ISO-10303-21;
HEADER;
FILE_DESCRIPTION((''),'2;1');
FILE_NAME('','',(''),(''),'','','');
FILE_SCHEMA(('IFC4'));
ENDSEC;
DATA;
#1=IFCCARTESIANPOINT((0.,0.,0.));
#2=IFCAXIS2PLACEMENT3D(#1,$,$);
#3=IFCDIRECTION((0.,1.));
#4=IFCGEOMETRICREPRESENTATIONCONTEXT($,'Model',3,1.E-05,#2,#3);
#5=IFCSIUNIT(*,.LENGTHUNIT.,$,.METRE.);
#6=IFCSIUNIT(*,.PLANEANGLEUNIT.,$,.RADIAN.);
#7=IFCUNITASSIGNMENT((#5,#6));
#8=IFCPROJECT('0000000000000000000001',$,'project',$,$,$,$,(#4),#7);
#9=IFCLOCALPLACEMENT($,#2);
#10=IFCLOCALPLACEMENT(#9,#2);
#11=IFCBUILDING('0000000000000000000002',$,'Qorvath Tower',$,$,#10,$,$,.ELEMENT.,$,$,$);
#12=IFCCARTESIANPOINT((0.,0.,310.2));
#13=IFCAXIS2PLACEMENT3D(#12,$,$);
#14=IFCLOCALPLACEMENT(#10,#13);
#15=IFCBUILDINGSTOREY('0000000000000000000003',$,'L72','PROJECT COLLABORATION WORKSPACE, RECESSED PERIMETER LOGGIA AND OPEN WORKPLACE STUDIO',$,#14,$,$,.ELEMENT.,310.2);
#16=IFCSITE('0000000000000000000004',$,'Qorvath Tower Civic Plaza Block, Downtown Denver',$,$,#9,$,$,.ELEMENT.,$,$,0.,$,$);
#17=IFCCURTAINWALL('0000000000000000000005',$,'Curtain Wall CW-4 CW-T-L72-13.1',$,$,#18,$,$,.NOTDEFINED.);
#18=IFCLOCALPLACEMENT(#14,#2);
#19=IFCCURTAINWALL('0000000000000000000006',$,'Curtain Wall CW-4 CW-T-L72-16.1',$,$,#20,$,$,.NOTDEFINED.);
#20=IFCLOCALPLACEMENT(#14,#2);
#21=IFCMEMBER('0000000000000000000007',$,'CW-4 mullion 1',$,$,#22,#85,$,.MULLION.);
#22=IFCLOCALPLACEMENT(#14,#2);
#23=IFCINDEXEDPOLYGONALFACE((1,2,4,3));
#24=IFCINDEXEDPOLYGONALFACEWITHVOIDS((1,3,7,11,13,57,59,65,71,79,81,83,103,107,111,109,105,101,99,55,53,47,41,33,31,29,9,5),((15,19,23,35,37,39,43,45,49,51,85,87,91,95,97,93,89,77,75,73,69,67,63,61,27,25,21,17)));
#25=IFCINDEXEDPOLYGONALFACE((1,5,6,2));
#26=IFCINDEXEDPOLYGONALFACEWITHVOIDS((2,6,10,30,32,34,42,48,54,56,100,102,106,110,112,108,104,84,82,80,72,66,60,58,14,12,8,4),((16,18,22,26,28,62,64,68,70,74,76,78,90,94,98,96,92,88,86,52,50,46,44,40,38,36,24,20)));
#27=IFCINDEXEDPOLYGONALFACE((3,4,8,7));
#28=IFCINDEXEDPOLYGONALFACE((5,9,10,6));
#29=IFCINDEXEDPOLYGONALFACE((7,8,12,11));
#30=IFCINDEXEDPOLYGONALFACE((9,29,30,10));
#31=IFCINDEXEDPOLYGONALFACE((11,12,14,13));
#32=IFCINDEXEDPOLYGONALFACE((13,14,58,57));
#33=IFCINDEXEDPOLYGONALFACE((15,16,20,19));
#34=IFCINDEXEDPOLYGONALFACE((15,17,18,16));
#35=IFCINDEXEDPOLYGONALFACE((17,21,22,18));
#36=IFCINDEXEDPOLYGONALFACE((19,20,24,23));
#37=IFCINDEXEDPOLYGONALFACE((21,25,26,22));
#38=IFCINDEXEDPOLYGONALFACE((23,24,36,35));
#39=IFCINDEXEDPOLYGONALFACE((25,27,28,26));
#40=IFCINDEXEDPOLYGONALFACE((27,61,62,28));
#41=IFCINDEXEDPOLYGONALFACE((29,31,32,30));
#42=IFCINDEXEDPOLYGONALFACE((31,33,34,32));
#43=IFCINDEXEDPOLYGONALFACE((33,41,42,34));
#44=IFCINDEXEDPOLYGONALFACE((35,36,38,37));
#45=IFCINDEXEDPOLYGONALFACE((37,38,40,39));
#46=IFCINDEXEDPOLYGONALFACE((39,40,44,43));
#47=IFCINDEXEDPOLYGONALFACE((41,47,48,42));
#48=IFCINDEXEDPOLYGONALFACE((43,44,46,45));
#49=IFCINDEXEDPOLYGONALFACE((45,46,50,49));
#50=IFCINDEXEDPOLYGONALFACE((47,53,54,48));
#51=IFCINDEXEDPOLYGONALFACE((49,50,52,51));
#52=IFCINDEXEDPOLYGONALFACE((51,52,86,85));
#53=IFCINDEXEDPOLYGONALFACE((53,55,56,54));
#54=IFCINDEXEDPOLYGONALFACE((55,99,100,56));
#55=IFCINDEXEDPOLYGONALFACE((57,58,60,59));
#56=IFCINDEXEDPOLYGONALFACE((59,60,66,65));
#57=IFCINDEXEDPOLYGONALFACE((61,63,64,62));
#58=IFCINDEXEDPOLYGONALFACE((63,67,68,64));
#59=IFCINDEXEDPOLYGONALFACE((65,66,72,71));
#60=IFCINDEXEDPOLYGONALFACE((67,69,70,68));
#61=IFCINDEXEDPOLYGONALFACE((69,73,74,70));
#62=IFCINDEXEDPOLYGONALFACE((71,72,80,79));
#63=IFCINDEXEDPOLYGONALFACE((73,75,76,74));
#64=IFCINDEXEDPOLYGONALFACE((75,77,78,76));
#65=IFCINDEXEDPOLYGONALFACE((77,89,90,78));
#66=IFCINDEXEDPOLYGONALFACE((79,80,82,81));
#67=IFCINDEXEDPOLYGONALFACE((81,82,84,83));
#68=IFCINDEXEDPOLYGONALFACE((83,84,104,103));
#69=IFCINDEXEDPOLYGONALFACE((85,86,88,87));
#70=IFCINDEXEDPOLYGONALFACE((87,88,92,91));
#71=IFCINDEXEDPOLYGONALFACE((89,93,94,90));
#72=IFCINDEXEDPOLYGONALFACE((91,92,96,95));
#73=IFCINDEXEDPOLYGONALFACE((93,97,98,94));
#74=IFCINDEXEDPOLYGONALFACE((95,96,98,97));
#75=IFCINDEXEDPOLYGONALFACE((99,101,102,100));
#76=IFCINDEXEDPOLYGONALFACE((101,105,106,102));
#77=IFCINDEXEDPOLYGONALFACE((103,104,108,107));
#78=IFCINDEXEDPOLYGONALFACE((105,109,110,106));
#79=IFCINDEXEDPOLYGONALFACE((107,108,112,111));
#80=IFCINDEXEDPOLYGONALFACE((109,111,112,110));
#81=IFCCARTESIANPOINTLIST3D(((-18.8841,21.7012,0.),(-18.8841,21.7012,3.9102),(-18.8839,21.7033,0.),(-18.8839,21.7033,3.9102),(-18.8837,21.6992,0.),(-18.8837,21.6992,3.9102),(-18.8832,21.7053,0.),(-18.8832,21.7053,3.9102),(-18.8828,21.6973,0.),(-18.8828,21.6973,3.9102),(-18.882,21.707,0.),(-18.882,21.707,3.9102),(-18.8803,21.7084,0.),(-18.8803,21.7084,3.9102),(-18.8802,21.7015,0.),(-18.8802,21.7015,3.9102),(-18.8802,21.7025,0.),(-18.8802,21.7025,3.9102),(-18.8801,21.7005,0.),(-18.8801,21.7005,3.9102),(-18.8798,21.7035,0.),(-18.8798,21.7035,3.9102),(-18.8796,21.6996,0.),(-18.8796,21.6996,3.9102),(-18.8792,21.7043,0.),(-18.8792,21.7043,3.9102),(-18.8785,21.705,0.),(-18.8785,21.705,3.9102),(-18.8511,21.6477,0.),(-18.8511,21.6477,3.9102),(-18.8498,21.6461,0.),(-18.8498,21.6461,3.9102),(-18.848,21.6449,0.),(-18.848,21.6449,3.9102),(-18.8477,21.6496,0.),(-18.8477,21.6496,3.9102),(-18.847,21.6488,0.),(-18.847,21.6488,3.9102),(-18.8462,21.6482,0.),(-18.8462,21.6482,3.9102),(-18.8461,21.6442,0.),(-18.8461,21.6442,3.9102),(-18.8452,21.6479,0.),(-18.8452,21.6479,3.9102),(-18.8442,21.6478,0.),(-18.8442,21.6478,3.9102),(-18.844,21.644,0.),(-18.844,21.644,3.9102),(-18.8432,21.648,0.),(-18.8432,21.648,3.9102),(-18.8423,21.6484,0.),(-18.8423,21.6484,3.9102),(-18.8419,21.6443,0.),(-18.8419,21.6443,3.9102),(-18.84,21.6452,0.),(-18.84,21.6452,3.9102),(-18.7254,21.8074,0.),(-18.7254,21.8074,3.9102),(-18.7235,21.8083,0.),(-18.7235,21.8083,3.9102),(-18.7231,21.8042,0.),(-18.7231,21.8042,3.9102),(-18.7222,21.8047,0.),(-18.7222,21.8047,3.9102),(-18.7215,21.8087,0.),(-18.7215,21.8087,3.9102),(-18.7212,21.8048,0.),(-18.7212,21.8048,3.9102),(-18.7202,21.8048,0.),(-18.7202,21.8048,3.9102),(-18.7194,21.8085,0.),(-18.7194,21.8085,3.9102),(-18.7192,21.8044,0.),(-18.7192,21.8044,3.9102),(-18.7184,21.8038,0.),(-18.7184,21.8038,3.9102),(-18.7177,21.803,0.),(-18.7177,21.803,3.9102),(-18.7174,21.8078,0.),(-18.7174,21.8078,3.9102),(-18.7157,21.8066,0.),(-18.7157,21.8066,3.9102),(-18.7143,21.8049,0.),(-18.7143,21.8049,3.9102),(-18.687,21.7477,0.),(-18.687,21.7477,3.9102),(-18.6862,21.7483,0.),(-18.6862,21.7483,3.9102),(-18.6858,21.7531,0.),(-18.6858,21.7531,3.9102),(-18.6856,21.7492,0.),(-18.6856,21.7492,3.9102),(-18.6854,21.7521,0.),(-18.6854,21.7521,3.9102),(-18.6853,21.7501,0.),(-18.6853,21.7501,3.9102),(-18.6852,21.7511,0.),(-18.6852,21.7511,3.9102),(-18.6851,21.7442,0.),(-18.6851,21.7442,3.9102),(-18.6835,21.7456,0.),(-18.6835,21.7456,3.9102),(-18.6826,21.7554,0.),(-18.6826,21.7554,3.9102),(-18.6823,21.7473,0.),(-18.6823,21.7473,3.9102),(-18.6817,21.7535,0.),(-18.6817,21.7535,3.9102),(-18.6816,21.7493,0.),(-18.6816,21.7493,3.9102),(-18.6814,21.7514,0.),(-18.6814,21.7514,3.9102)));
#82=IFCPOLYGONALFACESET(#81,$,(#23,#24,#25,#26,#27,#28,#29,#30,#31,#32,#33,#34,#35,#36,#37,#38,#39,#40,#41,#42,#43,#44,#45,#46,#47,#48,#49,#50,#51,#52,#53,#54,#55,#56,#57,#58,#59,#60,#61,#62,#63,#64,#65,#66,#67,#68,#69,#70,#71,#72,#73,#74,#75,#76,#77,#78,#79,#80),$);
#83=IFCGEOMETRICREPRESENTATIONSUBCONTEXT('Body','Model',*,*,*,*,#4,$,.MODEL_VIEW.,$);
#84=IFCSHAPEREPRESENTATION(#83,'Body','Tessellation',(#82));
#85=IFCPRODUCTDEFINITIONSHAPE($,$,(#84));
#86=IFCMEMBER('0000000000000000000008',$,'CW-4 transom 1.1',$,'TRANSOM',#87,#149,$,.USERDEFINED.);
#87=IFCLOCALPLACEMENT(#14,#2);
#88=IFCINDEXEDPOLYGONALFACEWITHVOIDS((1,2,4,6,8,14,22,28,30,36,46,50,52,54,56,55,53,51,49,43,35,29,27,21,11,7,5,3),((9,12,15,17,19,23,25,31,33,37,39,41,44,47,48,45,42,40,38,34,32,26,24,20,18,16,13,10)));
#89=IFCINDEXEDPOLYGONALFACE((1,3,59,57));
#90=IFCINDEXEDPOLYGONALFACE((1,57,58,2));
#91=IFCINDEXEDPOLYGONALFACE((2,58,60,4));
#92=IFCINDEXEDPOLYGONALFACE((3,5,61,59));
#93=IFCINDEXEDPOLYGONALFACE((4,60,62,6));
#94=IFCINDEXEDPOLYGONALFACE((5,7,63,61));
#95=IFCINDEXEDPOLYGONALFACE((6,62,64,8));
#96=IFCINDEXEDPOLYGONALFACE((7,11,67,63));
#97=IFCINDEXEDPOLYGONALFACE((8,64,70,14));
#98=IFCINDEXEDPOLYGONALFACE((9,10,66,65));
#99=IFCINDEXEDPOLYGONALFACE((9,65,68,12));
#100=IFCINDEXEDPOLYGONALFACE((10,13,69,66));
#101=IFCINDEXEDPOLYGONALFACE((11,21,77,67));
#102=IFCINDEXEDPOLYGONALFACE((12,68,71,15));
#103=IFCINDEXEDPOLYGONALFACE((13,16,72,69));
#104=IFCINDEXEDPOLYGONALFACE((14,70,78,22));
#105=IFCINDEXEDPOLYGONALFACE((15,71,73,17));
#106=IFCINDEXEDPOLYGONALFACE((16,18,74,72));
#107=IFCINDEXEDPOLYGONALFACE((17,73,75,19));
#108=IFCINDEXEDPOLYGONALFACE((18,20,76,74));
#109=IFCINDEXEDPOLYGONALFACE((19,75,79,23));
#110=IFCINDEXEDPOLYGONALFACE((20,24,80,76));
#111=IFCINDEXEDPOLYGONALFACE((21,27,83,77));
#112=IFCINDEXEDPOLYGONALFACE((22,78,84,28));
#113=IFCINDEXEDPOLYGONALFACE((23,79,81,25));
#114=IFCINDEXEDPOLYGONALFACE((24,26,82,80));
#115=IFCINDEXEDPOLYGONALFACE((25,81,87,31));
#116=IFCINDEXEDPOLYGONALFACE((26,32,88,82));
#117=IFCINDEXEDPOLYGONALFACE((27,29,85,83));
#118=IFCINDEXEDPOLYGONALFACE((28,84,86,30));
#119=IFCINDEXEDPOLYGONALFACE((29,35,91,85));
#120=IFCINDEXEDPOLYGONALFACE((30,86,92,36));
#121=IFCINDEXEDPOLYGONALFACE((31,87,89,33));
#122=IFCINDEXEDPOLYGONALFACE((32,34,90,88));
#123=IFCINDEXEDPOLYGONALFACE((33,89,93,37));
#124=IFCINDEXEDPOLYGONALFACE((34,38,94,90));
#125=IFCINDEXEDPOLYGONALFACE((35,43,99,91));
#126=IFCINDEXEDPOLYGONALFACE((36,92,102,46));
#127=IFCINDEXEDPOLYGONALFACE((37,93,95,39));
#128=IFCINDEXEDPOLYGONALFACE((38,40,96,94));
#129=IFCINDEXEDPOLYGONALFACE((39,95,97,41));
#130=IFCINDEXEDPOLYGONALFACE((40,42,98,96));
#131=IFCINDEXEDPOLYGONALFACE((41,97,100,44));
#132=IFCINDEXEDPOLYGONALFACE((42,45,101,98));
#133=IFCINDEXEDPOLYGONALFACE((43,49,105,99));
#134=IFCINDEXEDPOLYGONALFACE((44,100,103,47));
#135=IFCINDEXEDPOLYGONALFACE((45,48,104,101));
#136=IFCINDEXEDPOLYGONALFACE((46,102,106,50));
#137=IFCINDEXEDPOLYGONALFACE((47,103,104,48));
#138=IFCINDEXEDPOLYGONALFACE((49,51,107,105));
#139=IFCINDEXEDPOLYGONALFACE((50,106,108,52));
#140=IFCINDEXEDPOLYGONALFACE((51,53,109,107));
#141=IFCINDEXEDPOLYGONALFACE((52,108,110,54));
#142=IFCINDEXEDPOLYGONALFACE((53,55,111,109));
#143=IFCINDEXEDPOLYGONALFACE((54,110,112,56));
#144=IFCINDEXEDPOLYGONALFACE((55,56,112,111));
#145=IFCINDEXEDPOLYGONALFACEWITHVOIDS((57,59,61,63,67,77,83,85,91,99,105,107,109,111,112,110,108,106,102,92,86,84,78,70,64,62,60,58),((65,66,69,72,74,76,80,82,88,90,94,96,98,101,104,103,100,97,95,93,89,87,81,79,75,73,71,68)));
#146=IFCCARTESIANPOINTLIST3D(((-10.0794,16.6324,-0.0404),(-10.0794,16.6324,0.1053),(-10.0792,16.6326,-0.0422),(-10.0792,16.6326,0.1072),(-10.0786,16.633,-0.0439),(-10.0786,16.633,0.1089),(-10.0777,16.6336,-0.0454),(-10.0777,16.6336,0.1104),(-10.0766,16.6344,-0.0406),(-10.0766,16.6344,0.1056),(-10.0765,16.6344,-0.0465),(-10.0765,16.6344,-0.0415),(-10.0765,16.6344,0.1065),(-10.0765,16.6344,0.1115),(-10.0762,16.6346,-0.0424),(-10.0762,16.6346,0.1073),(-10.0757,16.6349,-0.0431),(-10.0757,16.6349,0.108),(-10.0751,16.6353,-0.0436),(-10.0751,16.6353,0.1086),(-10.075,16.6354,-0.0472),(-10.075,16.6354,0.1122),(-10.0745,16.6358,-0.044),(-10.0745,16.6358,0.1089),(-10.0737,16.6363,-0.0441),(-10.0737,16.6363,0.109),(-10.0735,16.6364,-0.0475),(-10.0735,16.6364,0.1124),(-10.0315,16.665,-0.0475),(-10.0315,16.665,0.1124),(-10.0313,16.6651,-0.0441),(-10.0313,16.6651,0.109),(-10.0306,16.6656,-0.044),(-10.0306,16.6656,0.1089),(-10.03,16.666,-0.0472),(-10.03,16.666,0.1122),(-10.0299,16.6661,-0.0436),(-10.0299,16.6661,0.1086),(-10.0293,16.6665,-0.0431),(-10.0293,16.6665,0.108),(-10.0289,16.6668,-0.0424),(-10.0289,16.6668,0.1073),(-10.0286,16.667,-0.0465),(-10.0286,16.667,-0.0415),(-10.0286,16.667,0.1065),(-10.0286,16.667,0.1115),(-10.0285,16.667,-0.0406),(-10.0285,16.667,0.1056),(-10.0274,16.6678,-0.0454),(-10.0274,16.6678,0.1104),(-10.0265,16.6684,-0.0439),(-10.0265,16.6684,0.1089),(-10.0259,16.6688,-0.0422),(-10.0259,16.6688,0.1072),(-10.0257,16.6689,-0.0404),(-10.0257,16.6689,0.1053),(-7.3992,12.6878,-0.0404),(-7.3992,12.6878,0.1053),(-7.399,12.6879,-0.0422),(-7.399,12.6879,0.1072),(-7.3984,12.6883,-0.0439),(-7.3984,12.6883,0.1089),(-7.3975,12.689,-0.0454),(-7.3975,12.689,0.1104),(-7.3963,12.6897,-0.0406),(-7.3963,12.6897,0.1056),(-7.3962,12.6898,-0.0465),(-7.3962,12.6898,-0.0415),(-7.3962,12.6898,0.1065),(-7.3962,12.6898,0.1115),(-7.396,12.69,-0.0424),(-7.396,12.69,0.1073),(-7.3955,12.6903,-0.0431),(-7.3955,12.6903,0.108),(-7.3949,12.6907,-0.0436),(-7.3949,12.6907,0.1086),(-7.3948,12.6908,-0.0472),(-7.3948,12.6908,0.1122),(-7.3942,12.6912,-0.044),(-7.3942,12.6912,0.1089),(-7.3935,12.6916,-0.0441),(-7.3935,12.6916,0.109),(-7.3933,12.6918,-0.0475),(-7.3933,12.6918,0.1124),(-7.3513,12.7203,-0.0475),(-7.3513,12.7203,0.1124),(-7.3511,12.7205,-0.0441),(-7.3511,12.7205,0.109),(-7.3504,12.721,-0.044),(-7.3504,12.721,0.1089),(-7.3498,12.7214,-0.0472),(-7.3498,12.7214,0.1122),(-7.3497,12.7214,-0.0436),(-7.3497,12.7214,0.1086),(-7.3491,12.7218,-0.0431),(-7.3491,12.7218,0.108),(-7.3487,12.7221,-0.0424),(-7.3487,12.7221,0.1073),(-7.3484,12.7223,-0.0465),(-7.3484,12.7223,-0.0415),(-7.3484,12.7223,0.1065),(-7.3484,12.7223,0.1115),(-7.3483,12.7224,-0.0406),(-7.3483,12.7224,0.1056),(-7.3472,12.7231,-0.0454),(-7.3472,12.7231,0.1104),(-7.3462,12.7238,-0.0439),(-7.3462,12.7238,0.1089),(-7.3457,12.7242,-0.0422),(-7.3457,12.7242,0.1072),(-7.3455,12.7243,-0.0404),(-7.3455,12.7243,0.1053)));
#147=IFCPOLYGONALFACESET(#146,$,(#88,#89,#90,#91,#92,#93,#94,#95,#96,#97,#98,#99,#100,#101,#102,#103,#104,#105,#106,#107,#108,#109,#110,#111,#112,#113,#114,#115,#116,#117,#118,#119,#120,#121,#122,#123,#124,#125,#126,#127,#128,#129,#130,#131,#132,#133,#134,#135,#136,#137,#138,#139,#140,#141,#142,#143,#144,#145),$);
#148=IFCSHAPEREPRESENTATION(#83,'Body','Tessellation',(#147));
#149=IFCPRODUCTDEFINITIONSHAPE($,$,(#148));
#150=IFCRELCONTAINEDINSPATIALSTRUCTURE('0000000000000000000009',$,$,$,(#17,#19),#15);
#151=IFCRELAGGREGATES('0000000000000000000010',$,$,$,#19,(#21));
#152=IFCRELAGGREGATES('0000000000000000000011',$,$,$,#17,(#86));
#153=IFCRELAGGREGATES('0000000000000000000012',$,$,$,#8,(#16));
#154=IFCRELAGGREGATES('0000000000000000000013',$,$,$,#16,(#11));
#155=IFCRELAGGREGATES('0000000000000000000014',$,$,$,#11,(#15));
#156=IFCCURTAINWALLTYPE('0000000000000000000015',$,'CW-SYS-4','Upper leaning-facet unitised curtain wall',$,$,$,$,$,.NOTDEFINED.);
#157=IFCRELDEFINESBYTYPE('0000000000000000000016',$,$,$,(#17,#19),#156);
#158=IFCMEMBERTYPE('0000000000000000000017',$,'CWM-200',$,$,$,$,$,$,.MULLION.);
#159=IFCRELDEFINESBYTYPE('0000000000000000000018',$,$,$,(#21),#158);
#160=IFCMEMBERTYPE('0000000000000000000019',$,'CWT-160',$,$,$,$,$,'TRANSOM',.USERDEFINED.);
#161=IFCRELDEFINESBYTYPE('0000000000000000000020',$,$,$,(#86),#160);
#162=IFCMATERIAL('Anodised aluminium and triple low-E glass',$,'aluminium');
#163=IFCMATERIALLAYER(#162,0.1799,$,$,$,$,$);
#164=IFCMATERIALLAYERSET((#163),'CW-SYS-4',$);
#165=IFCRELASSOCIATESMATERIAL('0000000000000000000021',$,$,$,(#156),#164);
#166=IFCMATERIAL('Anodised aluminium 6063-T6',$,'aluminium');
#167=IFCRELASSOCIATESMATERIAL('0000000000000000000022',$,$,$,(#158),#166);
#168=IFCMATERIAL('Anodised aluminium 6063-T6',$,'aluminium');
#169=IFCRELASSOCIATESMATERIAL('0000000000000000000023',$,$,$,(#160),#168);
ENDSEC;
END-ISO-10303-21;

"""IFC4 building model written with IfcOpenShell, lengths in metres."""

from ifc_helpers import new_model, si_unit, direction, frame, origin, origin_2d, place, context, subcontext, project, spatial, hollow_rectangle, extrude, material, layer, layer_set, material_profile, profile_set, type_object, element, aggregate, save


model = new_model("IFC4")

# Units and contexts
model_context = context("Model", 3, precision=1e-05, world=origin(), true_north=direction((0.0, 1.0)))
body_context = subcontext(model_context, "Body", "Model", "MODEL_VIEW")
ifc_project = project(units=[si_unit("LENGTHUNIT", "METRE"), si_unit("PLANEANGLEUNIT", "RADIAN")], contexts=[model_context])

# Site, building, storey
site_placement = place(None, origin())
site = spatial("IfcSite", under=ifc_project, at=site_placement, Name="Qorvath Tower Civic Plaza Block, Downtown Denver", CompositionType="ELEMENT", RefElevation=0.0)
building_placement = place(site_placement, origin())
building = spatial("IfcBuilding", under=site, at=building_placement, Name="Qorvath Tower", CompositionType="ELEMENT")
storey_placement = place(building_placement, frame((0.0, 0.0, 310.2)))
storey = spatial("IfcBuildingStorey", under=building, at=storey_placement, Name="L72", Description="PROJECT COLLABORATION WORKSPACE, RECESSED PERIMETER LOGGIA AND OPEN WORKPLACE STUDIO", CompositionType="ELEMENT", Elevation=310.2)

# Shared definitions
ifc_material_1 = material(Name="Anodised aluminium and triple low-E glass", Category="aluminium")
ifc_layer_1 = layer(ifc_material_1, 0.1799)
ifc_layer_set_1 = layer_set([ifc_layer_1], Name="CW-SYS-4")
curtain_wall_type = type_object("IfcCurtainWallType", Name="CW-SYS-4", Description="Upper leaning-facet unitised curtain wall", PredefinedType="NOTDEFINED", material=ifc_layer_set_1)
ifc_material_2 = material(Name="Anodised aluminium 6063-T6", Category="aluminium")
ifc_material_profile_1 = material_profile(ifc_material_2, hollow_rectangle(XDim=0.075, YDim=0.2, WallThickness=0.0039, InnerFilletRadius=0.0039, OuterFilletRadius=0.0081, at=origin_2d()), Name="CWM 200x75")
ifc_profile_set_1 = profile_set([ifc_material_profile_1], Name="Anodised aluminium 6063-T6")
member_type_1 = type_object("IfcMemberType", Name="CWM-200", PredefinedType="MULLION", material=ifc_profile_set_1)

# Curtain wall
curtain_wall_1_placement = place(storey_placement, origin())
curtain_wall_1 = element("IfcCurtainWall", 1, at=curtain_wall_1_placement, inside=storey, type_object=curtain_wall_type, Name="Curtain Wall CW-4 CW-T-L72-13.1", PredefinedType="NOTDEFINED")

# Curtain wall, member
curtain_wall_2_placement = place(storey_placement, origin())
curtain_wall_2 = element("IfcCurtainWall", 2, at=curtain_wall_2_placement, inside=storey, type_object=curtain_wall_type, Name="Curtain Wall CW-4 CW-T-L72-16.1", PredefinedType="NOTDEFINED")
member_1_placement = place(storey_placement, frame((-18.7827, 21.7263, 0.0), z_axis=(0.0, 0.0, 1.0), x_axis=(0.538531, -0.842605, 0.0)))
member_1 = element("IfcMember", 3, at=member_1_placement, type_object=member_type_1, Name="CW-4 mullion 1", PredefinedType="MULLION", context=body_context, shape_type="SweptSolid", body=[
    extrude(hollow_rectangle(XDim=0.075, YDim=0.2, WallThickness=0.0039, InnerFilletRadius=0.0039, OuterFilletRadius=0.0081, at=origin_2d()), origin(), (0.0, 0.0, 1.0), 3.9102),
])

# Member
ifc_material_3 = material(Name="Anodised aluminium 6063-T6", Category="aluminium")
ifc_material_profile_2 = material_profile(ifc_material_3, hollow_rectangle(XDim=0.0649, YDim=0.1599, WallThickness=0.0034, InnerFilletRadius=0.0034, OuterFilletRadius=0.0071, at=origin_2d()), Name="CWT 160x65")
ifc_profile_set_2 = profile_set([ifc_material_profile_2], Name="Anodised aluminium 6063-T6")
member_type_2 = type_object("IfcMemberType", Name="CWT-160", ElementType="TRANSOM", PredefinedType="USERDEFINED", material=ifc_profile_set_2)
member_2_placement = place(storey_placement, frame((-7.3723, 12.7061, 0.0325), z_axis=(-0.562003, 0.827135, 0.0), x_axis=(-0.827135, -0.562003, 0.0)))
member_2 = element("IfcMember", 4, at=member_2_placement, type_object=member_type_2, Name="CW-4 transom 1.1", ObjectType="TRANSOM", PredefinedType="USERDEFINED", context=body_context, shape_type="SweptSolid", body=[
    extrude(hollow_rectangle(XDim=0.0649, YDim=0.1599, WallThickness=0.0034, InnerFilletRadius=0.0034, OuterFilletRadius=0.0071, at=origin_2d()), origin(), (0.0, 0.0, 1.0), 4.769),
])
aggregate(curtain_wall_2, [member_1])

aggregate(curtain_wall_1, [member_2])

save(model, "model.ifc")
